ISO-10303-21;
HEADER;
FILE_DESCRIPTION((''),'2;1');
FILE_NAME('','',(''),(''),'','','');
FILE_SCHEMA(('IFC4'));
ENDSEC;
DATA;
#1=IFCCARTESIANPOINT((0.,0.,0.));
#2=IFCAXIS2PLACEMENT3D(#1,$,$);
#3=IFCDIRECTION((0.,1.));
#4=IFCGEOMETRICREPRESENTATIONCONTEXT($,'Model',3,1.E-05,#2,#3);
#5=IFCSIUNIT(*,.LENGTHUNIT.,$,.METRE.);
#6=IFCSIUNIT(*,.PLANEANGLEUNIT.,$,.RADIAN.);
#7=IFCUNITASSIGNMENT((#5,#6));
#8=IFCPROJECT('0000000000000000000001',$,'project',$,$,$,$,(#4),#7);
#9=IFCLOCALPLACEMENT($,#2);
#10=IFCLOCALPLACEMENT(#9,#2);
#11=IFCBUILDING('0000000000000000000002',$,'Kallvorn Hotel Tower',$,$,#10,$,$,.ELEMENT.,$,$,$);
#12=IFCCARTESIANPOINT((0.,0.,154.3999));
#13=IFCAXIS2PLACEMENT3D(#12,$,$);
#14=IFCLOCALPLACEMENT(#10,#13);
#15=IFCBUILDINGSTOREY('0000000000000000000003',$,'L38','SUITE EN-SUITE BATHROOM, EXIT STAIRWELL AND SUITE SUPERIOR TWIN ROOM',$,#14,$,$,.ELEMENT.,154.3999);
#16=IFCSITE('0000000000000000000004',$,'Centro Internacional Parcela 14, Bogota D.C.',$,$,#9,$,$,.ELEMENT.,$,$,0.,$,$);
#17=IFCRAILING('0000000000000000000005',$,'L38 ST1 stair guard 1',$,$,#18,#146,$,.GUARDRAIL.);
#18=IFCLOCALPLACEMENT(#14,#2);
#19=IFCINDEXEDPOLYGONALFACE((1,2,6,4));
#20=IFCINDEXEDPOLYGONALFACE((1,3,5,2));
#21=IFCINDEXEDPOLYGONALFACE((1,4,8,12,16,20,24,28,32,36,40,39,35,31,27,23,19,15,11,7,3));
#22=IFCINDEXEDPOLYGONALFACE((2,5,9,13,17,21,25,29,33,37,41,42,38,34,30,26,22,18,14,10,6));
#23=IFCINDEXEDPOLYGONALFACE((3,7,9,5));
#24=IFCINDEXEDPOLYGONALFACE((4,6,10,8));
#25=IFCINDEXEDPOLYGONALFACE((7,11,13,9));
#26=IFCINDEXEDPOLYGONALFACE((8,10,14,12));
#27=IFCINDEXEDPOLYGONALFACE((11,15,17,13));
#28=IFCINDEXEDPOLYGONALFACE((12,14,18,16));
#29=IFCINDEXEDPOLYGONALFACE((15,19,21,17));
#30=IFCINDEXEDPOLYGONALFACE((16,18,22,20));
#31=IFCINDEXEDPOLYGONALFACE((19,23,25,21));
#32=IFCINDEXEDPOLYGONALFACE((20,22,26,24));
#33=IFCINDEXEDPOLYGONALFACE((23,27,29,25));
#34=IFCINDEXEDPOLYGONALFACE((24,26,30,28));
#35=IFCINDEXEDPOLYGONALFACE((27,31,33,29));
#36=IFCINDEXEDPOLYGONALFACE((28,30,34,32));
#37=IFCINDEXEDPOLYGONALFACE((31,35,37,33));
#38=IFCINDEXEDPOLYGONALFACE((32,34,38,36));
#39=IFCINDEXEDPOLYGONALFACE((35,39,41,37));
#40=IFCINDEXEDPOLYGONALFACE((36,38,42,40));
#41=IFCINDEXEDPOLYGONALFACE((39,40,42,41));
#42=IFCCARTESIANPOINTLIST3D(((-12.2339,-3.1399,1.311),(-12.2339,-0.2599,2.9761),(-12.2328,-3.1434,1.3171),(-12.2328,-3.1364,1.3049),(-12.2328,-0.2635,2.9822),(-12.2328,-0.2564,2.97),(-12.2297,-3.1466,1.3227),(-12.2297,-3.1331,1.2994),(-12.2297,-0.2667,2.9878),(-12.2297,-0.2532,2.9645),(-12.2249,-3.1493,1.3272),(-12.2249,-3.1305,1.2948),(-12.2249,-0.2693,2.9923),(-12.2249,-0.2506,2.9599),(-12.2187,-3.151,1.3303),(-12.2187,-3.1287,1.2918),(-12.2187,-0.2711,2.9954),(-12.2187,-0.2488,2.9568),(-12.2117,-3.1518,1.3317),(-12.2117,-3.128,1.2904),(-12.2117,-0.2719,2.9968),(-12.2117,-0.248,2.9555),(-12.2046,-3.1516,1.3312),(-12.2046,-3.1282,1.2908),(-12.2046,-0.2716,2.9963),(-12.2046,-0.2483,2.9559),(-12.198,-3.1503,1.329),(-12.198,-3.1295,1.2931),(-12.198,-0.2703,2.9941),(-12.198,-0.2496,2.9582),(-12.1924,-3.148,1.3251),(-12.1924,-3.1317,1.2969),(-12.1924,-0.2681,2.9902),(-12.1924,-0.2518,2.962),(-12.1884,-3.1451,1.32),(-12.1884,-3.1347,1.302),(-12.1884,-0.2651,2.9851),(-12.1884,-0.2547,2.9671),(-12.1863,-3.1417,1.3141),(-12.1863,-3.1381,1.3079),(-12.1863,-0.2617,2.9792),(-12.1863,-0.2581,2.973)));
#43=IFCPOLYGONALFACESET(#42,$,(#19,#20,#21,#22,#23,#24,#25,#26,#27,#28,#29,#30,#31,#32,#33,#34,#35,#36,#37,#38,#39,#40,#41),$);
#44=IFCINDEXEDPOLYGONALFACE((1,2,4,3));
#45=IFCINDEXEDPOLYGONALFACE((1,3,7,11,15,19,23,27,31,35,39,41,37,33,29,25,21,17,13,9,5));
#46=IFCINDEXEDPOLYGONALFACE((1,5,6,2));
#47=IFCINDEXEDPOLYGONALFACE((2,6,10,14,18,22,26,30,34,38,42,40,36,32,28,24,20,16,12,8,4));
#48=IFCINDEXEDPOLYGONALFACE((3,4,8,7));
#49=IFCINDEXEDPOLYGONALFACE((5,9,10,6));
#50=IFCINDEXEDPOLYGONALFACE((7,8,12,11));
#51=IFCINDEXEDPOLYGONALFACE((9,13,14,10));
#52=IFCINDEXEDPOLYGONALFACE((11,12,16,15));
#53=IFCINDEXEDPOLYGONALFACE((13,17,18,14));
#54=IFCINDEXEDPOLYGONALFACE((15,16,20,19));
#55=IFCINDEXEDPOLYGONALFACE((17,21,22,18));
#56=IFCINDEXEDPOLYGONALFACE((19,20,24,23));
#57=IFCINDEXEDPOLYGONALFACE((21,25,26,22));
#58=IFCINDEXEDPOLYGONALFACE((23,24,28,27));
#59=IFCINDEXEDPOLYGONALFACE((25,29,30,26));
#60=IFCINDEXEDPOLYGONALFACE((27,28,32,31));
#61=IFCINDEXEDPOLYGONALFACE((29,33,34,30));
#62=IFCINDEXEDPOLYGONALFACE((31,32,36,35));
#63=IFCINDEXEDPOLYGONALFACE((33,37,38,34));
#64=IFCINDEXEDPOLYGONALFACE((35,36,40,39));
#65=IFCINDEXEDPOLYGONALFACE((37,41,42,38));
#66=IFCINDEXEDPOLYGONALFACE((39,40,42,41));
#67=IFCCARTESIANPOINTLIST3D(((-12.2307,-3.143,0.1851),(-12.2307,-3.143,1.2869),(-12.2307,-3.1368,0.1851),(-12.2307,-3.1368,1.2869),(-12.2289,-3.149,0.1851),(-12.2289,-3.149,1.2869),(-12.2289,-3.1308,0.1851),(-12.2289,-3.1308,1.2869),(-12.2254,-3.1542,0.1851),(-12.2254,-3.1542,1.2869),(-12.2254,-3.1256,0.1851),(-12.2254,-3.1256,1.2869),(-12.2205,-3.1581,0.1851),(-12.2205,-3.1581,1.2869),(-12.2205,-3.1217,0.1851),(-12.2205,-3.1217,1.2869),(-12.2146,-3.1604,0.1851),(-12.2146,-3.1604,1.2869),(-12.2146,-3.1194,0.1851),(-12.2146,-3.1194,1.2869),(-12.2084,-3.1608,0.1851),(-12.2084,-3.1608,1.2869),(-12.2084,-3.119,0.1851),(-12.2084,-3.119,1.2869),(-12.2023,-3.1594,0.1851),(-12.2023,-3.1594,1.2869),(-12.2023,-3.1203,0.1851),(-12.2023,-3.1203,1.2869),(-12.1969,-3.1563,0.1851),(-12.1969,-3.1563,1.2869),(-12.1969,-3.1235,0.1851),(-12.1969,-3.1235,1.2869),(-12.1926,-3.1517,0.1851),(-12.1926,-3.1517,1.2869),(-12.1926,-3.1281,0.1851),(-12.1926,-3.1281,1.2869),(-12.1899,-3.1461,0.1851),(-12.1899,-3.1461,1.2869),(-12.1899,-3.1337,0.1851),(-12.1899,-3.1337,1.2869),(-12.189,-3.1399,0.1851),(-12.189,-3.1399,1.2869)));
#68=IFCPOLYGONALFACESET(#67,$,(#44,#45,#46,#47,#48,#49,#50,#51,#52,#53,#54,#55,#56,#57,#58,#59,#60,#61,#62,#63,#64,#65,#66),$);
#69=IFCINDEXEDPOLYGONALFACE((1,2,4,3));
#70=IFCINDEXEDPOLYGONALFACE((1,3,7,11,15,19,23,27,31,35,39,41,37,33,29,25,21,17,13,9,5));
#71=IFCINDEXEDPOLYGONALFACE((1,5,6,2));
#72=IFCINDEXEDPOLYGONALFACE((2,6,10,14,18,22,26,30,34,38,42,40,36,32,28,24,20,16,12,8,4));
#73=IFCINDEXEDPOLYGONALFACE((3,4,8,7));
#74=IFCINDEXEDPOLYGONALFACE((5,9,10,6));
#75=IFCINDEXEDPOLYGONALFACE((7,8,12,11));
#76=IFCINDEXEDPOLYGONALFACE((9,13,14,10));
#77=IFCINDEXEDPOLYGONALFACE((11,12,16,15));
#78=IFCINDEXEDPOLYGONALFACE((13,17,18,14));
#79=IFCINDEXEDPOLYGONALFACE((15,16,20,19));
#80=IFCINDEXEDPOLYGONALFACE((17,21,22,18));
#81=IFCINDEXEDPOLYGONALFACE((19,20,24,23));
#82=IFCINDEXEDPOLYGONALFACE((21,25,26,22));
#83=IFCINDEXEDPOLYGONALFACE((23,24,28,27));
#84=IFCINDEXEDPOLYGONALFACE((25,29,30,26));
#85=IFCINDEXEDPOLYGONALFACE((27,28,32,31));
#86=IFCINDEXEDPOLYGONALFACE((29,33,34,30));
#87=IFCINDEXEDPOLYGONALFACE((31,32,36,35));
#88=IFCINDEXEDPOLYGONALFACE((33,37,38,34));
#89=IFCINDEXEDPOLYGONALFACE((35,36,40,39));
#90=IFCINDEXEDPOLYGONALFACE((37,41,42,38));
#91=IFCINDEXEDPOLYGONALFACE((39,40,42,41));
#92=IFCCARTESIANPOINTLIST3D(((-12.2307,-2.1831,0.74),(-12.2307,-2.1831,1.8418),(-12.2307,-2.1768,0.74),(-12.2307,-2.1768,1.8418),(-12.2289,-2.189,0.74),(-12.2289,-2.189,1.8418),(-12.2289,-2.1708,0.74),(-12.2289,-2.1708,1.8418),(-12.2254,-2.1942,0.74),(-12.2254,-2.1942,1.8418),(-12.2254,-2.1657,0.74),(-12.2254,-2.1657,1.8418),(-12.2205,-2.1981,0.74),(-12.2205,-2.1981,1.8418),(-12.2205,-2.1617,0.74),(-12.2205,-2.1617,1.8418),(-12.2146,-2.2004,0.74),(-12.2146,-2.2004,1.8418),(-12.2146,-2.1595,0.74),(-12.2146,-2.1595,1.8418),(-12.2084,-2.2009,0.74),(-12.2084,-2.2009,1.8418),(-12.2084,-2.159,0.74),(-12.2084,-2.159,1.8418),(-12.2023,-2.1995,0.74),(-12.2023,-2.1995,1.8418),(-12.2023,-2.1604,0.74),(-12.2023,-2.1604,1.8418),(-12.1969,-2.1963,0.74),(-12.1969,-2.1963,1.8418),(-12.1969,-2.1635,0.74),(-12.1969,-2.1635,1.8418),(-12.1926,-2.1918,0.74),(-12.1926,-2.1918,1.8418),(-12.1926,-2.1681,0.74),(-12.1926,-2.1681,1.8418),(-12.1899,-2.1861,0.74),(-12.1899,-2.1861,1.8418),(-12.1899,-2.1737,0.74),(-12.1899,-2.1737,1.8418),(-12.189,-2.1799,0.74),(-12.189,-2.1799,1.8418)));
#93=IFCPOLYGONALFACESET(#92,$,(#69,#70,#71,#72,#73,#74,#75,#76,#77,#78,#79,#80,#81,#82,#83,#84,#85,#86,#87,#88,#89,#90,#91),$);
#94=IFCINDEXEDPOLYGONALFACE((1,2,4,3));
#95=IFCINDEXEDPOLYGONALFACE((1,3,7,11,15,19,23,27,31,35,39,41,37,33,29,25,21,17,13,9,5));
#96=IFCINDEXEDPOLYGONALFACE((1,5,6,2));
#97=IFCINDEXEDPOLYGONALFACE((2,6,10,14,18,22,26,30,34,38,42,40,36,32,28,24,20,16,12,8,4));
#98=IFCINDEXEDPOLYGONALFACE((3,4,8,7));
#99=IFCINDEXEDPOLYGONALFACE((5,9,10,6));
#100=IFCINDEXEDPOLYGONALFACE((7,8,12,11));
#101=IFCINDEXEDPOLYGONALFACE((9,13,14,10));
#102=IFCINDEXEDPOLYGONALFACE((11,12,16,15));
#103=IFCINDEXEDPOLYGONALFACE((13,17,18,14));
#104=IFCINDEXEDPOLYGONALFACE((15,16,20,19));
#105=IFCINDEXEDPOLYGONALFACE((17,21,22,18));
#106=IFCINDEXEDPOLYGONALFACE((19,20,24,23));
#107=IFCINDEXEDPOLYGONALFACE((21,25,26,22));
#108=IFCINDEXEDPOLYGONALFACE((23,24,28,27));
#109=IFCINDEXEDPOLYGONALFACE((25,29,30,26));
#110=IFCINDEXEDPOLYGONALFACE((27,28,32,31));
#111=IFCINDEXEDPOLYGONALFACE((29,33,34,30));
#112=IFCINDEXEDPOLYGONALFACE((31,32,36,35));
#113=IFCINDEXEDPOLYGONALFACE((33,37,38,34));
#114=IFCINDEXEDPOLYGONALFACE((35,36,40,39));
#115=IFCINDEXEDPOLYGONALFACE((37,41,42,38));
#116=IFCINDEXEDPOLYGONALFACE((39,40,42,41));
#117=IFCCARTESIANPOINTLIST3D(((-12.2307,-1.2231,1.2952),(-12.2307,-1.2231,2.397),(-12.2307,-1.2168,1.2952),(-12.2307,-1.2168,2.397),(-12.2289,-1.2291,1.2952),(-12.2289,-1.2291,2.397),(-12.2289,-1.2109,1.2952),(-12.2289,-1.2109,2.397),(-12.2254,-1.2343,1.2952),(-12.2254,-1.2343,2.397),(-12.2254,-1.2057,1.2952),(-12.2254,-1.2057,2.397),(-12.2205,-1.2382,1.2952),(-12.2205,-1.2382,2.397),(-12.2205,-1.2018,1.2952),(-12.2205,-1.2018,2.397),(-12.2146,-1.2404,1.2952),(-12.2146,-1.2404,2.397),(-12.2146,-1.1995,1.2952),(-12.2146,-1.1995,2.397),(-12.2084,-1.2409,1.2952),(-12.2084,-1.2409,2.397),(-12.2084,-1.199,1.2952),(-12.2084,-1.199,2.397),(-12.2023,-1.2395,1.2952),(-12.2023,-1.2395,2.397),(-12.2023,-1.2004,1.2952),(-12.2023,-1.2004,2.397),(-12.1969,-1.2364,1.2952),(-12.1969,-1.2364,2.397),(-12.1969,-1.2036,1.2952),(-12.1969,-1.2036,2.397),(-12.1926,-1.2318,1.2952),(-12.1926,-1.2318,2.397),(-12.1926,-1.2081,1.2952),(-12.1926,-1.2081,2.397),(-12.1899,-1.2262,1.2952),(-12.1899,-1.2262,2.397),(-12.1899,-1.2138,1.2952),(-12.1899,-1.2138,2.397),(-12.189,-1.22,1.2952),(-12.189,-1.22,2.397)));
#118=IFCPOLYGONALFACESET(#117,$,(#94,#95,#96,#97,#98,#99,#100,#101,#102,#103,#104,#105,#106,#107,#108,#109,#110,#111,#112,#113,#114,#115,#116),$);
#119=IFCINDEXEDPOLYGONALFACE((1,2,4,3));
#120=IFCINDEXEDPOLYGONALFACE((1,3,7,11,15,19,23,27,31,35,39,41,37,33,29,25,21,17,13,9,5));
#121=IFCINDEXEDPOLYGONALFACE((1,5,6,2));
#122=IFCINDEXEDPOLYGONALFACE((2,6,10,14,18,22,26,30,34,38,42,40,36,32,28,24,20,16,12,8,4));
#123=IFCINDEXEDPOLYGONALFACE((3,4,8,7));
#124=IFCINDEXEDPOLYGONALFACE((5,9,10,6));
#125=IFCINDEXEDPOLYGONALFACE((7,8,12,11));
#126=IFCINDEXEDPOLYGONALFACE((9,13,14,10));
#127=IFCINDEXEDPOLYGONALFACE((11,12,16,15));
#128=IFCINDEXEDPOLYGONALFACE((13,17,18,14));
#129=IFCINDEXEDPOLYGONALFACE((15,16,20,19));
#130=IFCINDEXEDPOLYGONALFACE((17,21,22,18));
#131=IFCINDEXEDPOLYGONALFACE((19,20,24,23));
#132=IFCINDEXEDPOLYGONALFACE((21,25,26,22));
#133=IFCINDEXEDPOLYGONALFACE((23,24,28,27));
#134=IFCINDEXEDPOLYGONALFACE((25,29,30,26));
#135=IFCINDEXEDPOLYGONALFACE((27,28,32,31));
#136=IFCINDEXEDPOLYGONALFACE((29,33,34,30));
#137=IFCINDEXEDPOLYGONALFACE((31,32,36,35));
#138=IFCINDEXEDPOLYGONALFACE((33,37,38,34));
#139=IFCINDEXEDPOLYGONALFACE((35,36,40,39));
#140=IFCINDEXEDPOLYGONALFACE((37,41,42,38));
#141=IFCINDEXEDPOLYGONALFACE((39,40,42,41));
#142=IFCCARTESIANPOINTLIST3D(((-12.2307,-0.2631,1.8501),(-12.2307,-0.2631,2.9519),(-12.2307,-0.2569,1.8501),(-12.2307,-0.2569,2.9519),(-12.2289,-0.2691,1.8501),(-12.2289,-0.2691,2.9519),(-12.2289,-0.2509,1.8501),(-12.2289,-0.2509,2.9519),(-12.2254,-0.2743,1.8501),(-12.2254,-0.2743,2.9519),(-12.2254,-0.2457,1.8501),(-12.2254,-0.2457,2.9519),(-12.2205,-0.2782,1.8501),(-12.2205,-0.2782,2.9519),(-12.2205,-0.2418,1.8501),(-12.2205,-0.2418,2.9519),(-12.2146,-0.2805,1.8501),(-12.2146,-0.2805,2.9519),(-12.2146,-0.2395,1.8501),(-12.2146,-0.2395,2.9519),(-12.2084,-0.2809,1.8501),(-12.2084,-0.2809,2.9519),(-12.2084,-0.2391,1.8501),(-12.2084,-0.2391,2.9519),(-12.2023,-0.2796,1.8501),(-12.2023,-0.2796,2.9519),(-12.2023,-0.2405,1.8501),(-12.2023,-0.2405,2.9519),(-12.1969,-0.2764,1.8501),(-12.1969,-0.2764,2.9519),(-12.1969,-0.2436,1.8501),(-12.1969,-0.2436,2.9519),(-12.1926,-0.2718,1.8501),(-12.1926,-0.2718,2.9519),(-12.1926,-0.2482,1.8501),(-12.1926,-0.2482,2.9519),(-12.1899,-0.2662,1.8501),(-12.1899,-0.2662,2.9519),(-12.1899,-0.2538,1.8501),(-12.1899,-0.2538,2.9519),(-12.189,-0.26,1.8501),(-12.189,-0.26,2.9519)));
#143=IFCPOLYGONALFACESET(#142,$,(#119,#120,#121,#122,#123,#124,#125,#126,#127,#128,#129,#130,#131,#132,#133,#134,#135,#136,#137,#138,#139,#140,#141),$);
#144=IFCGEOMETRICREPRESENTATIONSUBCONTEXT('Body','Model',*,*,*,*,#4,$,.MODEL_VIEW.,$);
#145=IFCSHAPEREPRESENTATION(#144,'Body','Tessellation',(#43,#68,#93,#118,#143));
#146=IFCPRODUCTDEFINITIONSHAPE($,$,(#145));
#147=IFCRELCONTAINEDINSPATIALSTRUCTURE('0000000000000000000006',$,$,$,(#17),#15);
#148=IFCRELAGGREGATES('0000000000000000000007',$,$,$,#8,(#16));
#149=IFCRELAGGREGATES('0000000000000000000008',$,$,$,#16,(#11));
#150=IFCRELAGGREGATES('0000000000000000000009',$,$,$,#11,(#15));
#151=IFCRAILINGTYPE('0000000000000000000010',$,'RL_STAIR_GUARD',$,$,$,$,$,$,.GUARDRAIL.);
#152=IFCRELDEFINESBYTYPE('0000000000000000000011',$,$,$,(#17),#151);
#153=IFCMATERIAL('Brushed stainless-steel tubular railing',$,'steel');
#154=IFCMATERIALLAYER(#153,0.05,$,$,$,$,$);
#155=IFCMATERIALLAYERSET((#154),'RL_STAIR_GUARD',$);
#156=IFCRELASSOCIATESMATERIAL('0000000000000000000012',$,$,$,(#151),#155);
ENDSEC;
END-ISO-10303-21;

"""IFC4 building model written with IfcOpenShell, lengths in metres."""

from ifc_helpers import new_model, si_unit, direction, frame, origin, origin_2d, place, context, subcontext, project, spatial, circle, extrude, material, layer, layer_set, type_object, element, save


model = new_model("IFC4")

# Units and contexts
model_context = context("Model", 3, precision=1e-05, world=origin(), true_north=direction((0.0, 1.0)))
body_context = subcontext(model_context, "Body", "Model", "MODEL_VIEW")
ifc_project = project(units=[si_unit("LENGTHUNIT", "METRE"), si_unit("PLANEANGLEUNIT", "RADIAN")], contexts=[model_context])

# Site, building, storey
site_placement = place(None, origin())
site = spatial("IfcSite", under=ifc_project, at=site_placement, Name="Centro Internacional Parcela 14, Bogota D.C.", CompositionType="ELEMENT", RefElevation=0.0)
building_placement = place(site_placement, origin())
building = spatial("IfcBuilding", under=site, at=building_placement, Name="Kallvorn Hotel Tower", CompositionType="ELEMENT")
storey_placement = place(building_placement, frame((0.0, 0.0, 154.3999)))
storey = spatial("IfcBuildingStorey", under=building, at=storey_placement, Name="L38", Description="SUITE EN-SUITE BATHROOM, EXIT STAIRWELL AND SUITE SUPERIOR TWIN ROOM", CompositionType="ELEMENT", Elevation=154.3999)

# Railing
ifc_material_1 = material(Name="Brushed stainless-steel tubular railing", Category="steel")
ifc_layer_1 = layer(ifc_material_1, 0.05)
ifc_layer_set_1 = layer_set([ifc_layer_1], Name="RL_STAIR_GUARD")
railing_type_1 = type_object("IfcRailingType", Name="RL_STAIR_GUARD", PredefinedType="GUARDRAIL", material=ifc_layer_set_1)
railing_1_placement = place(storey_placement, frame((-12.21, -3.1399, 0.1851)))
element("IfcRailing", 1, at=railing_1_placement, inside=storey, type_object=railing_type_1, Name="L38 ST1 stair guard 1", PredefinedType="GUARDRAIL", context=body_context, shape_type="SweptSolid", body=[
    extrude(circle(Radius=0.0239, at=origin_2d()), frame((0.0, 0.0, 1.126), z_axis=(0.0, 0.865721, 0.500527), x_axis=(-1.0, 0.0, 0.0)), (0.0, 0.0, 1.0), 3.3267),
    extrude(circle(Radius=0.021, at=origin_2d()), origin(), (0.0, 0.0, 1.0), 1.1018),
    extrude(circle(Radius=0.021, at=origin_2d()), frame((0.0, 0.96, 0.5549)), (0.0, 0.0, 1.0), 1.1018),
    extrude(circle(Radius=0.021, at=origin_2d()), frame((0.0, 1.9199, 1.1101)), (0.0, 0.0, 1.0), 1.1018),
    extrude(circle(Radius=0.021, at=origin_2d()), frame((0.0, 2.8799, 1.665)), (0.0, 0.0, 1.0), 1.1018),
])

save(model, "model.ifc")
